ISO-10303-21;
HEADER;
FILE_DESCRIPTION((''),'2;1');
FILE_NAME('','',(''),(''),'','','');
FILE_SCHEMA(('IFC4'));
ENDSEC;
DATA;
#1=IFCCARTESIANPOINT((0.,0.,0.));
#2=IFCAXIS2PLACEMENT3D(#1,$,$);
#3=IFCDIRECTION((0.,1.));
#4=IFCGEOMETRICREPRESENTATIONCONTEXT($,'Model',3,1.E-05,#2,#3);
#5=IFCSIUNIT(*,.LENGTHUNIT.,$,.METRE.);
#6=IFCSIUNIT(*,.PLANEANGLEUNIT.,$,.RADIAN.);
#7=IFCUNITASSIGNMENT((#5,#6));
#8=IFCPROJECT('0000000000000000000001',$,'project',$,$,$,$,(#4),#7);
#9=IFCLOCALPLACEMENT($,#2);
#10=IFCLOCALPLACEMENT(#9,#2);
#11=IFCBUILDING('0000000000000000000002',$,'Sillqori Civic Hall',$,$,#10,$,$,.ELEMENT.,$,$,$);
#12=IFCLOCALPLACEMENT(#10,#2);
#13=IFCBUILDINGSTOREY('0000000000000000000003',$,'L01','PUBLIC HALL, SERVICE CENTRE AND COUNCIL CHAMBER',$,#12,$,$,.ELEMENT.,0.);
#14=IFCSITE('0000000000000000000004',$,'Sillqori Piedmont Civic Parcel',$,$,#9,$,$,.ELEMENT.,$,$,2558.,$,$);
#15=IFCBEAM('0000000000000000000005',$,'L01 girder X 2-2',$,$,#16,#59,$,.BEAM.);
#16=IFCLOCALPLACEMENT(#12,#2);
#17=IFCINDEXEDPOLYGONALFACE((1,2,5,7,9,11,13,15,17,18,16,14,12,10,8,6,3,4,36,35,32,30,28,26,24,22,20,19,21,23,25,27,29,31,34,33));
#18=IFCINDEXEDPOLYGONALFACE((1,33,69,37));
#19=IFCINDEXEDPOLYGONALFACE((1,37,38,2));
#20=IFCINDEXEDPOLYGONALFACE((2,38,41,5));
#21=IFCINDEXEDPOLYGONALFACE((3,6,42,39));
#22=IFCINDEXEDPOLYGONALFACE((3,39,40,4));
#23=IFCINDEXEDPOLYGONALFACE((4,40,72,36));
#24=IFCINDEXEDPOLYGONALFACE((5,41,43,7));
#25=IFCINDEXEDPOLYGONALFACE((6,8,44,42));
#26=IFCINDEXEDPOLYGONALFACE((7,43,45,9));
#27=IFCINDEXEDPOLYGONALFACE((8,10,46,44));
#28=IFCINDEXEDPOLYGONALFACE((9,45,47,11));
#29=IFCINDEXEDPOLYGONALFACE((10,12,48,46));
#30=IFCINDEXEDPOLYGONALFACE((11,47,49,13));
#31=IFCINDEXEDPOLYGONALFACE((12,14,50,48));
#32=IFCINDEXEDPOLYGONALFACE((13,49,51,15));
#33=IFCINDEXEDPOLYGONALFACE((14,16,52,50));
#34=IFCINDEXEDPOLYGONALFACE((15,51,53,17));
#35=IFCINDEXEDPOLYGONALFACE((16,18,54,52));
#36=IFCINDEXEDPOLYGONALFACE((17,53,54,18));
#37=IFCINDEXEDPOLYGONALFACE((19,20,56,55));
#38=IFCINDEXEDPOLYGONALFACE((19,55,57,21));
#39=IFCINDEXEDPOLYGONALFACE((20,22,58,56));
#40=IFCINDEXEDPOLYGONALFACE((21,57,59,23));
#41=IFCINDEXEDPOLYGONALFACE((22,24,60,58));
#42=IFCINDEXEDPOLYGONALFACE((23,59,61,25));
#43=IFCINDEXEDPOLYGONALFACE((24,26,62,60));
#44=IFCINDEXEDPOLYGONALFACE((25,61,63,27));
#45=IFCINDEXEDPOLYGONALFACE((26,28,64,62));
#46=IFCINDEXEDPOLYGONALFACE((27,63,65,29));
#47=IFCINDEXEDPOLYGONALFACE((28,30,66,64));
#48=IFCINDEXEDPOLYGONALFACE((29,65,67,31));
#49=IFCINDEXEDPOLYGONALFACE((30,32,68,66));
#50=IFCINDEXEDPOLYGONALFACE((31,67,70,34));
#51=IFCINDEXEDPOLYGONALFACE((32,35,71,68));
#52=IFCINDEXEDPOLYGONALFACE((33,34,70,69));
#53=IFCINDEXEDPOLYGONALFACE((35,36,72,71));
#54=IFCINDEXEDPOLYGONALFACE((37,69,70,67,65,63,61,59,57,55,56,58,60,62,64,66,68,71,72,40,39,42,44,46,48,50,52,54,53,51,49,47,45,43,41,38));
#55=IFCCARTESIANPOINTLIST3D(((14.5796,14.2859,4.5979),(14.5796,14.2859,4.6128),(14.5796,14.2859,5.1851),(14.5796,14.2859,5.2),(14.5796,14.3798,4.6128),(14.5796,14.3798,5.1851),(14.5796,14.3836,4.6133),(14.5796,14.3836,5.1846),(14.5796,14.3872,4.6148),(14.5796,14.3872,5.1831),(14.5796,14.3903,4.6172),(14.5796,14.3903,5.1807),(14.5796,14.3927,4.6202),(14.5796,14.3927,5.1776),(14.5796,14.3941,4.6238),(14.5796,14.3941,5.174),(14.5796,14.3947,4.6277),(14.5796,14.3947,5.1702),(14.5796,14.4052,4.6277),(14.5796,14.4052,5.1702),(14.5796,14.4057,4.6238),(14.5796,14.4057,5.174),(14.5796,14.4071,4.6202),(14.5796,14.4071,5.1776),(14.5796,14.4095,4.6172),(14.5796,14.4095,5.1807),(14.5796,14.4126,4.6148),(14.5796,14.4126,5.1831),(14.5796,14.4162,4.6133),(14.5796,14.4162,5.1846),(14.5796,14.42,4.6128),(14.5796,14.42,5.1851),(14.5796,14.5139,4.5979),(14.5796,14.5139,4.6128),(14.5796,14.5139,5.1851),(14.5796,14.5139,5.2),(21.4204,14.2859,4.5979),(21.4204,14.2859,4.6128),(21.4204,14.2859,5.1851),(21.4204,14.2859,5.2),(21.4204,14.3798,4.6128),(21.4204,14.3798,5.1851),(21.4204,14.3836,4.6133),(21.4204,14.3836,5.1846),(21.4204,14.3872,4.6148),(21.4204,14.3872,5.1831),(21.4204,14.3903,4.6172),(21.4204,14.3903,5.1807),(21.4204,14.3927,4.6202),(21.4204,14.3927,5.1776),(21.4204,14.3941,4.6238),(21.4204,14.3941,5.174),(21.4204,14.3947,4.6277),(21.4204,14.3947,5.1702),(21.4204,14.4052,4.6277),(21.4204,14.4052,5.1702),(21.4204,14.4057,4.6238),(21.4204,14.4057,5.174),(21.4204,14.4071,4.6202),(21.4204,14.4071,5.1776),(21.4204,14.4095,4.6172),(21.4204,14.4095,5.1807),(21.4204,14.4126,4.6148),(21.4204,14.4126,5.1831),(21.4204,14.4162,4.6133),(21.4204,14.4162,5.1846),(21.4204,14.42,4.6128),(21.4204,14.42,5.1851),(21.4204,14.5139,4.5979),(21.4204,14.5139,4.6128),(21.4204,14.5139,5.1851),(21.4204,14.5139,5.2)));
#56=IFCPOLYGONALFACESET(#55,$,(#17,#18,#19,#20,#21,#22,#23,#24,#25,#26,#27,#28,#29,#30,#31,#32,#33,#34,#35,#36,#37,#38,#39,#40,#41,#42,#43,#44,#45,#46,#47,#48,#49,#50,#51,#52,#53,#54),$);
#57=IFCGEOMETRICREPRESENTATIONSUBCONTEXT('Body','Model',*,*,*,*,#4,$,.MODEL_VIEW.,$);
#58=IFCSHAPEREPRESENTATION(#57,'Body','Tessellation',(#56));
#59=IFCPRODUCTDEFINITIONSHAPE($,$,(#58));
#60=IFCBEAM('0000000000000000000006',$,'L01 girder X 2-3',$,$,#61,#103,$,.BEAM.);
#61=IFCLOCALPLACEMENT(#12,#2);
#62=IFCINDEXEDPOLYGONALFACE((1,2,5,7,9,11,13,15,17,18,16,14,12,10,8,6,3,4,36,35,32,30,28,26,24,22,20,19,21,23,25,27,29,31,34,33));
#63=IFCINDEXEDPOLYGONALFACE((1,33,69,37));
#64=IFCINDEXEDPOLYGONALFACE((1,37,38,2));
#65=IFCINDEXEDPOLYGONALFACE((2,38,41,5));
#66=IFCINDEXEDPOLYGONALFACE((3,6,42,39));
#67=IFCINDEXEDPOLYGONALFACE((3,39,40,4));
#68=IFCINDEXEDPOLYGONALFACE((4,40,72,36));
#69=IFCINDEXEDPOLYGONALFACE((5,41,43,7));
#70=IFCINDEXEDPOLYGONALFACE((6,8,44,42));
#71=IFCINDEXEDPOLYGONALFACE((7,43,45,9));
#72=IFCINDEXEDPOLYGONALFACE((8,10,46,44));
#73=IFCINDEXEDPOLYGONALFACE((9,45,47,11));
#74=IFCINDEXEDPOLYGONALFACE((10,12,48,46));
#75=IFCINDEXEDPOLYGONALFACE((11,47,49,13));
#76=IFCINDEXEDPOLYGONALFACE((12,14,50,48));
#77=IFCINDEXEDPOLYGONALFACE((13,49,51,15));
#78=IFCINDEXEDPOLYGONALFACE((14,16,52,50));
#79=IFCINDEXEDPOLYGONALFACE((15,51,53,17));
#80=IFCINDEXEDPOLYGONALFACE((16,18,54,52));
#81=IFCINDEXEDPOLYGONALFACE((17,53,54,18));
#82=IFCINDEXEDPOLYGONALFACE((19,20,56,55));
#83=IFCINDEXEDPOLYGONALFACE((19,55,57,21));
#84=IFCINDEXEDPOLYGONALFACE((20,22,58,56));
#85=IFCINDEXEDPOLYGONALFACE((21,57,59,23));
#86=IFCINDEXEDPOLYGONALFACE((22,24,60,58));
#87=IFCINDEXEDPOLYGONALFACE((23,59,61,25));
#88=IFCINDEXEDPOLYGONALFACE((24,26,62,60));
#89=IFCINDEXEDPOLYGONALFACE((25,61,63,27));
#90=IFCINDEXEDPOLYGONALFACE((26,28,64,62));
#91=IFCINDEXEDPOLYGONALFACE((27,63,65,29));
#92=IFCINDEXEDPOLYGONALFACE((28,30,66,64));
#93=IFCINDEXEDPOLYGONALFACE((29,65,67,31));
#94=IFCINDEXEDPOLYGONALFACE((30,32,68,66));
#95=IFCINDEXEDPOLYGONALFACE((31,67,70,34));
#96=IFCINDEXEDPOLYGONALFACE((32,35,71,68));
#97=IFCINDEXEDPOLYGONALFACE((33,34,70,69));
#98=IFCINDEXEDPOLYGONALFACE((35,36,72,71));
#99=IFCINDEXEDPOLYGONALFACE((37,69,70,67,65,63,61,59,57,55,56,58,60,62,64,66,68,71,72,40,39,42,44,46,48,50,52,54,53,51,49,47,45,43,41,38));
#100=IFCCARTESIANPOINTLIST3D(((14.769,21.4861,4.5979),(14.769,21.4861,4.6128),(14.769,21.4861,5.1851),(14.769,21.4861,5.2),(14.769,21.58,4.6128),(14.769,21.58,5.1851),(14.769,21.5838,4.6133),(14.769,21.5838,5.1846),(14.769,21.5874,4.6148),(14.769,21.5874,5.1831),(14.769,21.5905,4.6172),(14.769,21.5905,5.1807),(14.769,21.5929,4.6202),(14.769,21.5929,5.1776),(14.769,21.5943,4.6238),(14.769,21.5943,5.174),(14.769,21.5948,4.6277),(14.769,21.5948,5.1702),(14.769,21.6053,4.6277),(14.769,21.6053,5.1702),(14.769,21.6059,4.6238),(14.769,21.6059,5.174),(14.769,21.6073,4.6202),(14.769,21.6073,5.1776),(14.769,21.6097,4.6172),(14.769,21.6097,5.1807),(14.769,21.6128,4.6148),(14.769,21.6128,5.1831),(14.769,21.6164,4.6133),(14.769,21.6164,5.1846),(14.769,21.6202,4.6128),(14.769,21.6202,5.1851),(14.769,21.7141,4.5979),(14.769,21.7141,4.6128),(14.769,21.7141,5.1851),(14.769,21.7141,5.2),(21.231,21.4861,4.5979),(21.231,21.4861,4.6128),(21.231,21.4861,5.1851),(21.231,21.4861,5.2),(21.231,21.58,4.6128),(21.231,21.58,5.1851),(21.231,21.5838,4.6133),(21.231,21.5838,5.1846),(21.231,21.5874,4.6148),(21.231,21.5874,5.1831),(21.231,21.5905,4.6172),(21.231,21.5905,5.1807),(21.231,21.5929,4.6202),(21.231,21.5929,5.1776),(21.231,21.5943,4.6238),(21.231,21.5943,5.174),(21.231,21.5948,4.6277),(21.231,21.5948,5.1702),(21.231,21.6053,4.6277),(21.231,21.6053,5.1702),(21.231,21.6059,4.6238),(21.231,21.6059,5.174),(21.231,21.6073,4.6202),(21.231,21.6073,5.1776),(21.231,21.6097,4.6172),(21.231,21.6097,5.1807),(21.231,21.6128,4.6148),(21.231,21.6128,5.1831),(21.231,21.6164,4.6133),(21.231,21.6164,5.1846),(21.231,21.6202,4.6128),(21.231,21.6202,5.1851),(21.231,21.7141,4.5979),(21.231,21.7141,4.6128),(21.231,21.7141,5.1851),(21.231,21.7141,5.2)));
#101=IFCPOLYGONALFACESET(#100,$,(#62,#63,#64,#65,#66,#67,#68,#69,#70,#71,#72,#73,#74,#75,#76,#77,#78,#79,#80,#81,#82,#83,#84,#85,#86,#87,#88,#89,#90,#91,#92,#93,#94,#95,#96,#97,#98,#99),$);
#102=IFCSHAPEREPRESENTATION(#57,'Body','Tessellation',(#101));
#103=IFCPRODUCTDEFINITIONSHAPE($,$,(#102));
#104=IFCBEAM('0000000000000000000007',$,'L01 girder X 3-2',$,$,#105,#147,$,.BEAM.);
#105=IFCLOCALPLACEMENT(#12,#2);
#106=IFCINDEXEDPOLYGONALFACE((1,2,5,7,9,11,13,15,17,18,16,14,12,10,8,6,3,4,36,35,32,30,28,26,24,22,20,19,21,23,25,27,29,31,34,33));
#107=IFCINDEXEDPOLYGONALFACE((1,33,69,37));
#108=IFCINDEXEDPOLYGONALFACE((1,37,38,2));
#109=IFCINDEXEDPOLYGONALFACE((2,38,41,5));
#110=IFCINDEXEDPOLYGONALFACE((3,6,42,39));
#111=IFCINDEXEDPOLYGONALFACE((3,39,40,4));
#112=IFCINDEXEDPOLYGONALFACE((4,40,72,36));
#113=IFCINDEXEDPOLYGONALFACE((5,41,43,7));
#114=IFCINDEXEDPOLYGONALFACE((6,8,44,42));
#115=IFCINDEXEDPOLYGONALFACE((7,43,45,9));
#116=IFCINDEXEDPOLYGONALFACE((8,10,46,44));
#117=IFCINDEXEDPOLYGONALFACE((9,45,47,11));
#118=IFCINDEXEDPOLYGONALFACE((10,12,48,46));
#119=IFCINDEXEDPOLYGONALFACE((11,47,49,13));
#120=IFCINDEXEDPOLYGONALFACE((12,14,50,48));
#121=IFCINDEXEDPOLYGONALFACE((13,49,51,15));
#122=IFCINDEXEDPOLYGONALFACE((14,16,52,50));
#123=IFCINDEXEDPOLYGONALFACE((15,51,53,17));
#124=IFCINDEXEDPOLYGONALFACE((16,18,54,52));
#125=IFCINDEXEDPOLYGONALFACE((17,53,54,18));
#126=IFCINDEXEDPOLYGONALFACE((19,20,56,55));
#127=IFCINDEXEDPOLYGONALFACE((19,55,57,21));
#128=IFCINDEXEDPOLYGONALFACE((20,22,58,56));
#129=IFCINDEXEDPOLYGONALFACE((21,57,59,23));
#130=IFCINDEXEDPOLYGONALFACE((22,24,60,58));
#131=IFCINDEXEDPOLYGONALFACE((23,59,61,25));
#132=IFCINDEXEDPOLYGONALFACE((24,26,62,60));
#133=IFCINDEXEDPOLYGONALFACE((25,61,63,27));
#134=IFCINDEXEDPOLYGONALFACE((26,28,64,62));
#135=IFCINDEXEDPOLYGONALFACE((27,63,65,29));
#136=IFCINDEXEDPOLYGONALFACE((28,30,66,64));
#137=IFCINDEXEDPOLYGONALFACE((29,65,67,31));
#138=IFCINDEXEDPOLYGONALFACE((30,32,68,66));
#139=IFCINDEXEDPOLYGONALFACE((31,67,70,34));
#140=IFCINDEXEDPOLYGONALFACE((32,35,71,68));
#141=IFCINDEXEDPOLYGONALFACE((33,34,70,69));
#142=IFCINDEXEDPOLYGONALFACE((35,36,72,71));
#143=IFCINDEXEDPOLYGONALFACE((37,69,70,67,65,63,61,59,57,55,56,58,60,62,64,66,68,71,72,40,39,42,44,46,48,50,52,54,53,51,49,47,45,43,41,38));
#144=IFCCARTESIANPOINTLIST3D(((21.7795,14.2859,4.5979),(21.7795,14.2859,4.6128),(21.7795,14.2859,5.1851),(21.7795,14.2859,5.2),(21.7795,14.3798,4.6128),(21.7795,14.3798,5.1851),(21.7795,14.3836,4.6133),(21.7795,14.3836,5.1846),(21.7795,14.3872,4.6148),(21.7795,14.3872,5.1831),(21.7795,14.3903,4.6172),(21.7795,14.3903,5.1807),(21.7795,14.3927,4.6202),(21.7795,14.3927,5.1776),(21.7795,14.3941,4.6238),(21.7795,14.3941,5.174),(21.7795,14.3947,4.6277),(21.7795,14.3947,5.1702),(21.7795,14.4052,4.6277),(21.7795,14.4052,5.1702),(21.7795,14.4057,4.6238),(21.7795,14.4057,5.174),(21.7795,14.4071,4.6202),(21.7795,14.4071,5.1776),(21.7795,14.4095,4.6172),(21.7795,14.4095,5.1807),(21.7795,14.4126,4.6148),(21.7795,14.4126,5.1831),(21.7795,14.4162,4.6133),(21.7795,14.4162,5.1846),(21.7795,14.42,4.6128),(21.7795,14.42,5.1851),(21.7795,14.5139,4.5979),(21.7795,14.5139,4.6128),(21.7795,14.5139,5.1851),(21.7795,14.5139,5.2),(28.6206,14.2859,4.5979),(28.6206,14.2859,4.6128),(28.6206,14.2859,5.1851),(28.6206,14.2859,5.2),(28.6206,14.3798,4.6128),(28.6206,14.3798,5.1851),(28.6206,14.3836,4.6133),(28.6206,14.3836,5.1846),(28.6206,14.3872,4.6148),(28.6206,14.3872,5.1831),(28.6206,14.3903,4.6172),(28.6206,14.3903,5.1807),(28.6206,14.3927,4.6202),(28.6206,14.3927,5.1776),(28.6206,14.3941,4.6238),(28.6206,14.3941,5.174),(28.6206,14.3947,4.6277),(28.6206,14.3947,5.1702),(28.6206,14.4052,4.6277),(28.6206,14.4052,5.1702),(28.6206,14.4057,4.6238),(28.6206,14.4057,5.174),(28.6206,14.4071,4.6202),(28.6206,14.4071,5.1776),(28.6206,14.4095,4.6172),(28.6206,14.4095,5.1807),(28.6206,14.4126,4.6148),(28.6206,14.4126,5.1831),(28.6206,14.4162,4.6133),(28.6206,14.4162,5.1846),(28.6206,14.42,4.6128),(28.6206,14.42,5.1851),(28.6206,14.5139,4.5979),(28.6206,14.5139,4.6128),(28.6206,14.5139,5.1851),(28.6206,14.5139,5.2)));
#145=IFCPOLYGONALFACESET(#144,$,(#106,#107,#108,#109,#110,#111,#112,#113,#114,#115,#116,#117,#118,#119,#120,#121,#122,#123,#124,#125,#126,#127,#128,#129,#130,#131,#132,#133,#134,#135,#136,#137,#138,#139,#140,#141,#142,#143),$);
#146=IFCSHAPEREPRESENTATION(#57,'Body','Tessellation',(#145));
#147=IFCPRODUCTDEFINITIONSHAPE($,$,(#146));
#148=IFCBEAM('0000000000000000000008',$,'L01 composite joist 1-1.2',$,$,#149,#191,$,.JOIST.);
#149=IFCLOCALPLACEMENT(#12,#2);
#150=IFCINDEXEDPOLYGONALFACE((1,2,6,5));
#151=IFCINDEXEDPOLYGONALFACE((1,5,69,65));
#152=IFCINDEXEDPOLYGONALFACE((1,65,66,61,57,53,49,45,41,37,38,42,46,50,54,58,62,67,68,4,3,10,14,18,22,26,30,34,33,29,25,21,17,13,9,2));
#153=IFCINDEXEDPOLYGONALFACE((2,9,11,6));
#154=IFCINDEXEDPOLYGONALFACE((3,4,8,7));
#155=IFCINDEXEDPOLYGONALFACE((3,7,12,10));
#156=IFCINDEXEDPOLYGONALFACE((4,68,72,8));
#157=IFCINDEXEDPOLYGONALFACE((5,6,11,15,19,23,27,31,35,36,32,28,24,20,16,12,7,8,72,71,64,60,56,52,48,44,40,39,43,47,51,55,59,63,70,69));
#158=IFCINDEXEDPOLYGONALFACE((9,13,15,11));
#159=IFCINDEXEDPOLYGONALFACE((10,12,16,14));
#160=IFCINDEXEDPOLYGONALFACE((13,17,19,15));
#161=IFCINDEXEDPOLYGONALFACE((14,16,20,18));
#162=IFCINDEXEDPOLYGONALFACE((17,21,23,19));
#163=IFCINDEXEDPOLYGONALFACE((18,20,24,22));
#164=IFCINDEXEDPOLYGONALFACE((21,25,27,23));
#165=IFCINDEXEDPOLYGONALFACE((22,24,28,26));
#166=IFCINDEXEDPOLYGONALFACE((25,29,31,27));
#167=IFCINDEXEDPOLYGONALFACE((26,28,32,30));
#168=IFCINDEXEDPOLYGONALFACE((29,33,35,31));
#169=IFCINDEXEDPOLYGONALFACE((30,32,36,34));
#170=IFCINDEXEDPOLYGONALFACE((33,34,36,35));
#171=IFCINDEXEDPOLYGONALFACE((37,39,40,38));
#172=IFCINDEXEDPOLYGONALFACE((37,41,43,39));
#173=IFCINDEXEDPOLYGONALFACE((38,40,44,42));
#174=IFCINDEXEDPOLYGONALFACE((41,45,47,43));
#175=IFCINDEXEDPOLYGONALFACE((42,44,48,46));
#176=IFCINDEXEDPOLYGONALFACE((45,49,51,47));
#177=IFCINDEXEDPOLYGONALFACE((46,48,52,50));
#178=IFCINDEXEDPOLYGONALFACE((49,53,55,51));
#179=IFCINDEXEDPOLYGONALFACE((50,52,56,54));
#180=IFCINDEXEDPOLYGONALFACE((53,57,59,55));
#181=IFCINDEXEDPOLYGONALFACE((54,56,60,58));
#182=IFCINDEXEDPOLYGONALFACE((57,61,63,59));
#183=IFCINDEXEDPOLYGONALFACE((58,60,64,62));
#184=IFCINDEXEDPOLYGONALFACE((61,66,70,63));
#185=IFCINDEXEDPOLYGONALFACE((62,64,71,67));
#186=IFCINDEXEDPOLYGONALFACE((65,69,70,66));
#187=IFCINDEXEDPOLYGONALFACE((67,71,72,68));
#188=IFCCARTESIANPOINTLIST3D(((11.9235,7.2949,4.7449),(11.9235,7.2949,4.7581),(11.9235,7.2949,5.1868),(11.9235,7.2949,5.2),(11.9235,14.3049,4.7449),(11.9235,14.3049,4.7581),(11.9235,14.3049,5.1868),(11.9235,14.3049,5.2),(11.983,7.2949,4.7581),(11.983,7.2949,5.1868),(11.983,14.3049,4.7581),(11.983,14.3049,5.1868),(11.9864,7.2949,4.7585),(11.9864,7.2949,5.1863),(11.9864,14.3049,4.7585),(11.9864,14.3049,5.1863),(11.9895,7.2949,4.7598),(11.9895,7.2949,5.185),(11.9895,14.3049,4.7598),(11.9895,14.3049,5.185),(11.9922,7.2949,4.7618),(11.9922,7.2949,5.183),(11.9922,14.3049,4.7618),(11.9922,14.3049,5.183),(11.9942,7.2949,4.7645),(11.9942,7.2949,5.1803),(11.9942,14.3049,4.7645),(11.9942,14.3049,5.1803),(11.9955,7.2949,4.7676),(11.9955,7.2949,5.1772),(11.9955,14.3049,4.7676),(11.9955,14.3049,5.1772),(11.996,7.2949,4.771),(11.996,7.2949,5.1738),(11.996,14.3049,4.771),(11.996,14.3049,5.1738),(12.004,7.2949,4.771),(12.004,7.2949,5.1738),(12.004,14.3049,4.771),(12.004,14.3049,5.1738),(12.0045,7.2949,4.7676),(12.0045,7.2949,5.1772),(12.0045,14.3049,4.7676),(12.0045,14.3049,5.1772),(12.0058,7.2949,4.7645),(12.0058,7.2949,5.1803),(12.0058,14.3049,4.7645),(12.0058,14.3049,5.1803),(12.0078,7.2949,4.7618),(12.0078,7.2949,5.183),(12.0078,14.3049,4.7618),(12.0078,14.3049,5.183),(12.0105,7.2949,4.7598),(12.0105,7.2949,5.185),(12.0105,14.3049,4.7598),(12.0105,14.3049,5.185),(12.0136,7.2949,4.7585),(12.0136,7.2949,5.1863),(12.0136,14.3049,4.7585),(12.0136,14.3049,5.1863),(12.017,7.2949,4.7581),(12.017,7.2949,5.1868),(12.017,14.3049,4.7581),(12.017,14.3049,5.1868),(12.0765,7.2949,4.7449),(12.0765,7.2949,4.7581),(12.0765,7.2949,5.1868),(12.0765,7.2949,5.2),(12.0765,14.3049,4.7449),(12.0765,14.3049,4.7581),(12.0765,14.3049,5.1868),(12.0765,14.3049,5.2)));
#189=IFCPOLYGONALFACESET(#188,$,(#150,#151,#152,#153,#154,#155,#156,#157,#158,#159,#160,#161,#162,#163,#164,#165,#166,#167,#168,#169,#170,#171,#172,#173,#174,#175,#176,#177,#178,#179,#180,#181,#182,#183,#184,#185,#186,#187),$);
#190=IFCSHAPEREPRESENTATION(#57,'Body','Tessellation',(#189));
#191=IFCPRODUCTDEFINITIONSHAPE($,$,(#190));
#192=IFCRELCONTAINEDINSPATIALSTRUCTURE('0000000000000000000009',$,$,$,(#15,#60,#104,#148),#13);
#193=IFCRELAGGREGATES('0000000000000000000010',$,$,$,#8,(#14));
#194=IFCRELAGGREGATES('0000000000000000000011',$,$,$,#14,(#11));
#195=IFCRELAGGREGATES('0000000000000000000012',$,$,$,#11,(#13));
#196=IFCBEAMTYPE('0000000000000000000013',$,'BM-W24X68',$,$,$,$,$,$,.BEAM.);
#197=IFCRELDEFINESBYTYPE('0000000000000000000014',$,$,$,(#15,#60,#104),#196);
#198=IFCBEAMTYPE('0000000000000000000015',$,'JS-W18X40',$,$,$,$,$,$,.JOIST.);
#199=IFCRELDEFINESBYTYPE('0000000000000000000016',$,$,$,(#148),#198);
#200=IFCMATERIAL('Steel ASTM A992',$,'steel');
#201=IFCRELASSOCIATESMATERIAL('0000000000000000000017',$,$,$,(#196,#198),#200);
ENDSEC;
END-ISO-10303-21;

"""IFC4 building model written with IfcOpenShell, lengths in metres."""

from ifc_helpers import new_model, si_unit, direction, frame, origin, origin_2d, place, context, subcontext, project, spatial, i_section, extrude, material, material_profile, profile_set, type_object, element, save


model = new_model("IFC4")

# Units and contexts
model_context = context("Model", 3, precision=1e-05, world=origin(), true_north=direction((0.0, 1.0)))
body_context = subcontext(model_context, "Body", "Model", "MODEL_VIEW")
ifc_project = project(units=[si_unit("LENGTHUNIT", "METRE"), si_unit("PLANEANGLEUNIT", "RADIAN")], contexts=[model_context])

# Site, building, storey
site_placement = place(None, origin())
site = spatial("IfcSite", under=ifc_project, at=site_placement, Name="Sillqori Piedmont Civic Parcel", CompositionType="ELEMENT", RefElevation=2558.0)
building_placement = place(site_placement, origin())
building = spatial("IfcBuilding", under=site, at=building_placement, Name="Sillqori Civic Hall", CompositionType="ELEMENT")
storey_placement = place(building_placement, origin())
storey = spatial("IfcBuildingStorey", under=building, at=storey_placement, Name="L01", Description="PUBLIC HALL, SERVICE CENTRE AND COUNCIL CHAMBER", CompositionType="ELEMENT", Elevation=0.0)

# Shared definitions
ifc_material_1 = material(Name="Steel ASTM A992", Category="steel")

# Beams
ifc_material_profile_1 = material_profile(ifc_material_1, i_section(OverallWidth=0.228, OverallDepth=0.6021, WebThickness=0.0105, FlangeThickness=0.0149, FilletRadius=0.0149, at=origin_2d()), Name="W24X68")
ifc_profile_set_1 = profile_set([ifc_material_profile_1], Name="Steel ASTM A992")
beam_type_1 = type_object("IfcBeamType", Name="BM-W24X68", PredefinedType="BEAM", material=ifc_profile_set_1)
beam_1_placement = place(storey_placement, frame((14.5796, 14.3999, 4.8989), z_axis=(1.0, 0.0, 0.0), x_axis=(0.0, 1.0, 0.0)))
element("IfcBeam", 1, at=beam_1_placement, inside=storey, type_object=beam_type_1, Name="L01 girder X 2-2", PredefinedType="BEAM", context=body_context, shape_type="SweptSolid", body=[
    extrude(i_section(OverallWidth=0.228, OverallDepth=0.6021, WebThickness=0.0105, FlangeThickness=0.0149, FilletRadius=0.0149, at=origin_2d()), origin(), (0.0, 0.0, 1.0), 6.8408),
])
beam_2_placement = place(storey_placement, frame((14.769, 21.6001, 4.8989), z_axis=(1.0, 0.0, 0.0), x_axis=(0.0, 1.0, 0.0)))
element("IfcBeam", 2, at=beam_2_placement, inside=storey, type_object=beam_type_1, Name="L01 girder X 2-3", PredefinedType="BEAM", context=body_context, shape_type="SweptSolid", body=[
    extrude(i_section(OverallWidth=0.228, OverallDepth=0.6021, WebThickness=0.0105, FlangeThickness=0.0149, FilletRadius=0.0149, at=origin_2d()), origin(), (0.0, 0.0, 1.0), 6.4619),
])
beam_3_placement = place(storey_placement, frame((21.7795, 14.3999, 4.8989), z_axis=(1.0, 0.0, 0.0), x_axis=(0.0, 1.0, 0.0)))
element("IfcBeam", 3, at=beam_3_placement, inside=storey, type_object=beam_type_1, Name="L01 girder X 3-2", PredefinedType="BEAM", context=body_context, shape_type="SweptSolid", body=[
    extrude(i_section(OverallWidth=0.228, OverallDepth=0.6021, WebThickness=0.0105, FlangeThickness=0.0149, FilletRadius=0.0149, at=origin_2d()), origin(), (0.0, 0.0, 1.0), 6.8411),
])
ifc_material_profile_2 = material_profile(ifc_material_1, i_section(OverallWidth=0.1531, OverallDepth=0.4551, WebThickness=0.0081, FlangeThickness=0.0132, FilletRadius=0.0129, at=origin_2d()), Name="W18X40")
ifc_profile_set_2 = profile_set([ifc_material_profile_2], Name="Steel ASTM A992")
beam_type_2 = type_object("IfcBeamType", Name="JS-W18X40", PredefinedType="JOIST", material=ifc_profile_set_2)
beam_4_placement = place(storey_placement, frame((12.0, 7.2949, 4.9724), z_axis=(0.0, 1.0, 0.0), x_axis=(-1.0, 0.0, 0.0)))
element("IfcBeam", 4, at=beam_4_placement, inside=storey, type_object=beam_type_2, Name="L01 composite joist 1-1.2", PredefinedType="JOIST", context=body_context, shape_type="SweptSolid", body=[
    extrude(i_section(OverallWidth=0.1531, OverallDepth=0.4551, WebThickness=0.0081, FlangeThickness=0.0132, FilletRadius=0.0129, at=origin_2d()), origin(), (0.0, 0.0, 1.0), 7.01),
])

save(model, "model.ifc")
